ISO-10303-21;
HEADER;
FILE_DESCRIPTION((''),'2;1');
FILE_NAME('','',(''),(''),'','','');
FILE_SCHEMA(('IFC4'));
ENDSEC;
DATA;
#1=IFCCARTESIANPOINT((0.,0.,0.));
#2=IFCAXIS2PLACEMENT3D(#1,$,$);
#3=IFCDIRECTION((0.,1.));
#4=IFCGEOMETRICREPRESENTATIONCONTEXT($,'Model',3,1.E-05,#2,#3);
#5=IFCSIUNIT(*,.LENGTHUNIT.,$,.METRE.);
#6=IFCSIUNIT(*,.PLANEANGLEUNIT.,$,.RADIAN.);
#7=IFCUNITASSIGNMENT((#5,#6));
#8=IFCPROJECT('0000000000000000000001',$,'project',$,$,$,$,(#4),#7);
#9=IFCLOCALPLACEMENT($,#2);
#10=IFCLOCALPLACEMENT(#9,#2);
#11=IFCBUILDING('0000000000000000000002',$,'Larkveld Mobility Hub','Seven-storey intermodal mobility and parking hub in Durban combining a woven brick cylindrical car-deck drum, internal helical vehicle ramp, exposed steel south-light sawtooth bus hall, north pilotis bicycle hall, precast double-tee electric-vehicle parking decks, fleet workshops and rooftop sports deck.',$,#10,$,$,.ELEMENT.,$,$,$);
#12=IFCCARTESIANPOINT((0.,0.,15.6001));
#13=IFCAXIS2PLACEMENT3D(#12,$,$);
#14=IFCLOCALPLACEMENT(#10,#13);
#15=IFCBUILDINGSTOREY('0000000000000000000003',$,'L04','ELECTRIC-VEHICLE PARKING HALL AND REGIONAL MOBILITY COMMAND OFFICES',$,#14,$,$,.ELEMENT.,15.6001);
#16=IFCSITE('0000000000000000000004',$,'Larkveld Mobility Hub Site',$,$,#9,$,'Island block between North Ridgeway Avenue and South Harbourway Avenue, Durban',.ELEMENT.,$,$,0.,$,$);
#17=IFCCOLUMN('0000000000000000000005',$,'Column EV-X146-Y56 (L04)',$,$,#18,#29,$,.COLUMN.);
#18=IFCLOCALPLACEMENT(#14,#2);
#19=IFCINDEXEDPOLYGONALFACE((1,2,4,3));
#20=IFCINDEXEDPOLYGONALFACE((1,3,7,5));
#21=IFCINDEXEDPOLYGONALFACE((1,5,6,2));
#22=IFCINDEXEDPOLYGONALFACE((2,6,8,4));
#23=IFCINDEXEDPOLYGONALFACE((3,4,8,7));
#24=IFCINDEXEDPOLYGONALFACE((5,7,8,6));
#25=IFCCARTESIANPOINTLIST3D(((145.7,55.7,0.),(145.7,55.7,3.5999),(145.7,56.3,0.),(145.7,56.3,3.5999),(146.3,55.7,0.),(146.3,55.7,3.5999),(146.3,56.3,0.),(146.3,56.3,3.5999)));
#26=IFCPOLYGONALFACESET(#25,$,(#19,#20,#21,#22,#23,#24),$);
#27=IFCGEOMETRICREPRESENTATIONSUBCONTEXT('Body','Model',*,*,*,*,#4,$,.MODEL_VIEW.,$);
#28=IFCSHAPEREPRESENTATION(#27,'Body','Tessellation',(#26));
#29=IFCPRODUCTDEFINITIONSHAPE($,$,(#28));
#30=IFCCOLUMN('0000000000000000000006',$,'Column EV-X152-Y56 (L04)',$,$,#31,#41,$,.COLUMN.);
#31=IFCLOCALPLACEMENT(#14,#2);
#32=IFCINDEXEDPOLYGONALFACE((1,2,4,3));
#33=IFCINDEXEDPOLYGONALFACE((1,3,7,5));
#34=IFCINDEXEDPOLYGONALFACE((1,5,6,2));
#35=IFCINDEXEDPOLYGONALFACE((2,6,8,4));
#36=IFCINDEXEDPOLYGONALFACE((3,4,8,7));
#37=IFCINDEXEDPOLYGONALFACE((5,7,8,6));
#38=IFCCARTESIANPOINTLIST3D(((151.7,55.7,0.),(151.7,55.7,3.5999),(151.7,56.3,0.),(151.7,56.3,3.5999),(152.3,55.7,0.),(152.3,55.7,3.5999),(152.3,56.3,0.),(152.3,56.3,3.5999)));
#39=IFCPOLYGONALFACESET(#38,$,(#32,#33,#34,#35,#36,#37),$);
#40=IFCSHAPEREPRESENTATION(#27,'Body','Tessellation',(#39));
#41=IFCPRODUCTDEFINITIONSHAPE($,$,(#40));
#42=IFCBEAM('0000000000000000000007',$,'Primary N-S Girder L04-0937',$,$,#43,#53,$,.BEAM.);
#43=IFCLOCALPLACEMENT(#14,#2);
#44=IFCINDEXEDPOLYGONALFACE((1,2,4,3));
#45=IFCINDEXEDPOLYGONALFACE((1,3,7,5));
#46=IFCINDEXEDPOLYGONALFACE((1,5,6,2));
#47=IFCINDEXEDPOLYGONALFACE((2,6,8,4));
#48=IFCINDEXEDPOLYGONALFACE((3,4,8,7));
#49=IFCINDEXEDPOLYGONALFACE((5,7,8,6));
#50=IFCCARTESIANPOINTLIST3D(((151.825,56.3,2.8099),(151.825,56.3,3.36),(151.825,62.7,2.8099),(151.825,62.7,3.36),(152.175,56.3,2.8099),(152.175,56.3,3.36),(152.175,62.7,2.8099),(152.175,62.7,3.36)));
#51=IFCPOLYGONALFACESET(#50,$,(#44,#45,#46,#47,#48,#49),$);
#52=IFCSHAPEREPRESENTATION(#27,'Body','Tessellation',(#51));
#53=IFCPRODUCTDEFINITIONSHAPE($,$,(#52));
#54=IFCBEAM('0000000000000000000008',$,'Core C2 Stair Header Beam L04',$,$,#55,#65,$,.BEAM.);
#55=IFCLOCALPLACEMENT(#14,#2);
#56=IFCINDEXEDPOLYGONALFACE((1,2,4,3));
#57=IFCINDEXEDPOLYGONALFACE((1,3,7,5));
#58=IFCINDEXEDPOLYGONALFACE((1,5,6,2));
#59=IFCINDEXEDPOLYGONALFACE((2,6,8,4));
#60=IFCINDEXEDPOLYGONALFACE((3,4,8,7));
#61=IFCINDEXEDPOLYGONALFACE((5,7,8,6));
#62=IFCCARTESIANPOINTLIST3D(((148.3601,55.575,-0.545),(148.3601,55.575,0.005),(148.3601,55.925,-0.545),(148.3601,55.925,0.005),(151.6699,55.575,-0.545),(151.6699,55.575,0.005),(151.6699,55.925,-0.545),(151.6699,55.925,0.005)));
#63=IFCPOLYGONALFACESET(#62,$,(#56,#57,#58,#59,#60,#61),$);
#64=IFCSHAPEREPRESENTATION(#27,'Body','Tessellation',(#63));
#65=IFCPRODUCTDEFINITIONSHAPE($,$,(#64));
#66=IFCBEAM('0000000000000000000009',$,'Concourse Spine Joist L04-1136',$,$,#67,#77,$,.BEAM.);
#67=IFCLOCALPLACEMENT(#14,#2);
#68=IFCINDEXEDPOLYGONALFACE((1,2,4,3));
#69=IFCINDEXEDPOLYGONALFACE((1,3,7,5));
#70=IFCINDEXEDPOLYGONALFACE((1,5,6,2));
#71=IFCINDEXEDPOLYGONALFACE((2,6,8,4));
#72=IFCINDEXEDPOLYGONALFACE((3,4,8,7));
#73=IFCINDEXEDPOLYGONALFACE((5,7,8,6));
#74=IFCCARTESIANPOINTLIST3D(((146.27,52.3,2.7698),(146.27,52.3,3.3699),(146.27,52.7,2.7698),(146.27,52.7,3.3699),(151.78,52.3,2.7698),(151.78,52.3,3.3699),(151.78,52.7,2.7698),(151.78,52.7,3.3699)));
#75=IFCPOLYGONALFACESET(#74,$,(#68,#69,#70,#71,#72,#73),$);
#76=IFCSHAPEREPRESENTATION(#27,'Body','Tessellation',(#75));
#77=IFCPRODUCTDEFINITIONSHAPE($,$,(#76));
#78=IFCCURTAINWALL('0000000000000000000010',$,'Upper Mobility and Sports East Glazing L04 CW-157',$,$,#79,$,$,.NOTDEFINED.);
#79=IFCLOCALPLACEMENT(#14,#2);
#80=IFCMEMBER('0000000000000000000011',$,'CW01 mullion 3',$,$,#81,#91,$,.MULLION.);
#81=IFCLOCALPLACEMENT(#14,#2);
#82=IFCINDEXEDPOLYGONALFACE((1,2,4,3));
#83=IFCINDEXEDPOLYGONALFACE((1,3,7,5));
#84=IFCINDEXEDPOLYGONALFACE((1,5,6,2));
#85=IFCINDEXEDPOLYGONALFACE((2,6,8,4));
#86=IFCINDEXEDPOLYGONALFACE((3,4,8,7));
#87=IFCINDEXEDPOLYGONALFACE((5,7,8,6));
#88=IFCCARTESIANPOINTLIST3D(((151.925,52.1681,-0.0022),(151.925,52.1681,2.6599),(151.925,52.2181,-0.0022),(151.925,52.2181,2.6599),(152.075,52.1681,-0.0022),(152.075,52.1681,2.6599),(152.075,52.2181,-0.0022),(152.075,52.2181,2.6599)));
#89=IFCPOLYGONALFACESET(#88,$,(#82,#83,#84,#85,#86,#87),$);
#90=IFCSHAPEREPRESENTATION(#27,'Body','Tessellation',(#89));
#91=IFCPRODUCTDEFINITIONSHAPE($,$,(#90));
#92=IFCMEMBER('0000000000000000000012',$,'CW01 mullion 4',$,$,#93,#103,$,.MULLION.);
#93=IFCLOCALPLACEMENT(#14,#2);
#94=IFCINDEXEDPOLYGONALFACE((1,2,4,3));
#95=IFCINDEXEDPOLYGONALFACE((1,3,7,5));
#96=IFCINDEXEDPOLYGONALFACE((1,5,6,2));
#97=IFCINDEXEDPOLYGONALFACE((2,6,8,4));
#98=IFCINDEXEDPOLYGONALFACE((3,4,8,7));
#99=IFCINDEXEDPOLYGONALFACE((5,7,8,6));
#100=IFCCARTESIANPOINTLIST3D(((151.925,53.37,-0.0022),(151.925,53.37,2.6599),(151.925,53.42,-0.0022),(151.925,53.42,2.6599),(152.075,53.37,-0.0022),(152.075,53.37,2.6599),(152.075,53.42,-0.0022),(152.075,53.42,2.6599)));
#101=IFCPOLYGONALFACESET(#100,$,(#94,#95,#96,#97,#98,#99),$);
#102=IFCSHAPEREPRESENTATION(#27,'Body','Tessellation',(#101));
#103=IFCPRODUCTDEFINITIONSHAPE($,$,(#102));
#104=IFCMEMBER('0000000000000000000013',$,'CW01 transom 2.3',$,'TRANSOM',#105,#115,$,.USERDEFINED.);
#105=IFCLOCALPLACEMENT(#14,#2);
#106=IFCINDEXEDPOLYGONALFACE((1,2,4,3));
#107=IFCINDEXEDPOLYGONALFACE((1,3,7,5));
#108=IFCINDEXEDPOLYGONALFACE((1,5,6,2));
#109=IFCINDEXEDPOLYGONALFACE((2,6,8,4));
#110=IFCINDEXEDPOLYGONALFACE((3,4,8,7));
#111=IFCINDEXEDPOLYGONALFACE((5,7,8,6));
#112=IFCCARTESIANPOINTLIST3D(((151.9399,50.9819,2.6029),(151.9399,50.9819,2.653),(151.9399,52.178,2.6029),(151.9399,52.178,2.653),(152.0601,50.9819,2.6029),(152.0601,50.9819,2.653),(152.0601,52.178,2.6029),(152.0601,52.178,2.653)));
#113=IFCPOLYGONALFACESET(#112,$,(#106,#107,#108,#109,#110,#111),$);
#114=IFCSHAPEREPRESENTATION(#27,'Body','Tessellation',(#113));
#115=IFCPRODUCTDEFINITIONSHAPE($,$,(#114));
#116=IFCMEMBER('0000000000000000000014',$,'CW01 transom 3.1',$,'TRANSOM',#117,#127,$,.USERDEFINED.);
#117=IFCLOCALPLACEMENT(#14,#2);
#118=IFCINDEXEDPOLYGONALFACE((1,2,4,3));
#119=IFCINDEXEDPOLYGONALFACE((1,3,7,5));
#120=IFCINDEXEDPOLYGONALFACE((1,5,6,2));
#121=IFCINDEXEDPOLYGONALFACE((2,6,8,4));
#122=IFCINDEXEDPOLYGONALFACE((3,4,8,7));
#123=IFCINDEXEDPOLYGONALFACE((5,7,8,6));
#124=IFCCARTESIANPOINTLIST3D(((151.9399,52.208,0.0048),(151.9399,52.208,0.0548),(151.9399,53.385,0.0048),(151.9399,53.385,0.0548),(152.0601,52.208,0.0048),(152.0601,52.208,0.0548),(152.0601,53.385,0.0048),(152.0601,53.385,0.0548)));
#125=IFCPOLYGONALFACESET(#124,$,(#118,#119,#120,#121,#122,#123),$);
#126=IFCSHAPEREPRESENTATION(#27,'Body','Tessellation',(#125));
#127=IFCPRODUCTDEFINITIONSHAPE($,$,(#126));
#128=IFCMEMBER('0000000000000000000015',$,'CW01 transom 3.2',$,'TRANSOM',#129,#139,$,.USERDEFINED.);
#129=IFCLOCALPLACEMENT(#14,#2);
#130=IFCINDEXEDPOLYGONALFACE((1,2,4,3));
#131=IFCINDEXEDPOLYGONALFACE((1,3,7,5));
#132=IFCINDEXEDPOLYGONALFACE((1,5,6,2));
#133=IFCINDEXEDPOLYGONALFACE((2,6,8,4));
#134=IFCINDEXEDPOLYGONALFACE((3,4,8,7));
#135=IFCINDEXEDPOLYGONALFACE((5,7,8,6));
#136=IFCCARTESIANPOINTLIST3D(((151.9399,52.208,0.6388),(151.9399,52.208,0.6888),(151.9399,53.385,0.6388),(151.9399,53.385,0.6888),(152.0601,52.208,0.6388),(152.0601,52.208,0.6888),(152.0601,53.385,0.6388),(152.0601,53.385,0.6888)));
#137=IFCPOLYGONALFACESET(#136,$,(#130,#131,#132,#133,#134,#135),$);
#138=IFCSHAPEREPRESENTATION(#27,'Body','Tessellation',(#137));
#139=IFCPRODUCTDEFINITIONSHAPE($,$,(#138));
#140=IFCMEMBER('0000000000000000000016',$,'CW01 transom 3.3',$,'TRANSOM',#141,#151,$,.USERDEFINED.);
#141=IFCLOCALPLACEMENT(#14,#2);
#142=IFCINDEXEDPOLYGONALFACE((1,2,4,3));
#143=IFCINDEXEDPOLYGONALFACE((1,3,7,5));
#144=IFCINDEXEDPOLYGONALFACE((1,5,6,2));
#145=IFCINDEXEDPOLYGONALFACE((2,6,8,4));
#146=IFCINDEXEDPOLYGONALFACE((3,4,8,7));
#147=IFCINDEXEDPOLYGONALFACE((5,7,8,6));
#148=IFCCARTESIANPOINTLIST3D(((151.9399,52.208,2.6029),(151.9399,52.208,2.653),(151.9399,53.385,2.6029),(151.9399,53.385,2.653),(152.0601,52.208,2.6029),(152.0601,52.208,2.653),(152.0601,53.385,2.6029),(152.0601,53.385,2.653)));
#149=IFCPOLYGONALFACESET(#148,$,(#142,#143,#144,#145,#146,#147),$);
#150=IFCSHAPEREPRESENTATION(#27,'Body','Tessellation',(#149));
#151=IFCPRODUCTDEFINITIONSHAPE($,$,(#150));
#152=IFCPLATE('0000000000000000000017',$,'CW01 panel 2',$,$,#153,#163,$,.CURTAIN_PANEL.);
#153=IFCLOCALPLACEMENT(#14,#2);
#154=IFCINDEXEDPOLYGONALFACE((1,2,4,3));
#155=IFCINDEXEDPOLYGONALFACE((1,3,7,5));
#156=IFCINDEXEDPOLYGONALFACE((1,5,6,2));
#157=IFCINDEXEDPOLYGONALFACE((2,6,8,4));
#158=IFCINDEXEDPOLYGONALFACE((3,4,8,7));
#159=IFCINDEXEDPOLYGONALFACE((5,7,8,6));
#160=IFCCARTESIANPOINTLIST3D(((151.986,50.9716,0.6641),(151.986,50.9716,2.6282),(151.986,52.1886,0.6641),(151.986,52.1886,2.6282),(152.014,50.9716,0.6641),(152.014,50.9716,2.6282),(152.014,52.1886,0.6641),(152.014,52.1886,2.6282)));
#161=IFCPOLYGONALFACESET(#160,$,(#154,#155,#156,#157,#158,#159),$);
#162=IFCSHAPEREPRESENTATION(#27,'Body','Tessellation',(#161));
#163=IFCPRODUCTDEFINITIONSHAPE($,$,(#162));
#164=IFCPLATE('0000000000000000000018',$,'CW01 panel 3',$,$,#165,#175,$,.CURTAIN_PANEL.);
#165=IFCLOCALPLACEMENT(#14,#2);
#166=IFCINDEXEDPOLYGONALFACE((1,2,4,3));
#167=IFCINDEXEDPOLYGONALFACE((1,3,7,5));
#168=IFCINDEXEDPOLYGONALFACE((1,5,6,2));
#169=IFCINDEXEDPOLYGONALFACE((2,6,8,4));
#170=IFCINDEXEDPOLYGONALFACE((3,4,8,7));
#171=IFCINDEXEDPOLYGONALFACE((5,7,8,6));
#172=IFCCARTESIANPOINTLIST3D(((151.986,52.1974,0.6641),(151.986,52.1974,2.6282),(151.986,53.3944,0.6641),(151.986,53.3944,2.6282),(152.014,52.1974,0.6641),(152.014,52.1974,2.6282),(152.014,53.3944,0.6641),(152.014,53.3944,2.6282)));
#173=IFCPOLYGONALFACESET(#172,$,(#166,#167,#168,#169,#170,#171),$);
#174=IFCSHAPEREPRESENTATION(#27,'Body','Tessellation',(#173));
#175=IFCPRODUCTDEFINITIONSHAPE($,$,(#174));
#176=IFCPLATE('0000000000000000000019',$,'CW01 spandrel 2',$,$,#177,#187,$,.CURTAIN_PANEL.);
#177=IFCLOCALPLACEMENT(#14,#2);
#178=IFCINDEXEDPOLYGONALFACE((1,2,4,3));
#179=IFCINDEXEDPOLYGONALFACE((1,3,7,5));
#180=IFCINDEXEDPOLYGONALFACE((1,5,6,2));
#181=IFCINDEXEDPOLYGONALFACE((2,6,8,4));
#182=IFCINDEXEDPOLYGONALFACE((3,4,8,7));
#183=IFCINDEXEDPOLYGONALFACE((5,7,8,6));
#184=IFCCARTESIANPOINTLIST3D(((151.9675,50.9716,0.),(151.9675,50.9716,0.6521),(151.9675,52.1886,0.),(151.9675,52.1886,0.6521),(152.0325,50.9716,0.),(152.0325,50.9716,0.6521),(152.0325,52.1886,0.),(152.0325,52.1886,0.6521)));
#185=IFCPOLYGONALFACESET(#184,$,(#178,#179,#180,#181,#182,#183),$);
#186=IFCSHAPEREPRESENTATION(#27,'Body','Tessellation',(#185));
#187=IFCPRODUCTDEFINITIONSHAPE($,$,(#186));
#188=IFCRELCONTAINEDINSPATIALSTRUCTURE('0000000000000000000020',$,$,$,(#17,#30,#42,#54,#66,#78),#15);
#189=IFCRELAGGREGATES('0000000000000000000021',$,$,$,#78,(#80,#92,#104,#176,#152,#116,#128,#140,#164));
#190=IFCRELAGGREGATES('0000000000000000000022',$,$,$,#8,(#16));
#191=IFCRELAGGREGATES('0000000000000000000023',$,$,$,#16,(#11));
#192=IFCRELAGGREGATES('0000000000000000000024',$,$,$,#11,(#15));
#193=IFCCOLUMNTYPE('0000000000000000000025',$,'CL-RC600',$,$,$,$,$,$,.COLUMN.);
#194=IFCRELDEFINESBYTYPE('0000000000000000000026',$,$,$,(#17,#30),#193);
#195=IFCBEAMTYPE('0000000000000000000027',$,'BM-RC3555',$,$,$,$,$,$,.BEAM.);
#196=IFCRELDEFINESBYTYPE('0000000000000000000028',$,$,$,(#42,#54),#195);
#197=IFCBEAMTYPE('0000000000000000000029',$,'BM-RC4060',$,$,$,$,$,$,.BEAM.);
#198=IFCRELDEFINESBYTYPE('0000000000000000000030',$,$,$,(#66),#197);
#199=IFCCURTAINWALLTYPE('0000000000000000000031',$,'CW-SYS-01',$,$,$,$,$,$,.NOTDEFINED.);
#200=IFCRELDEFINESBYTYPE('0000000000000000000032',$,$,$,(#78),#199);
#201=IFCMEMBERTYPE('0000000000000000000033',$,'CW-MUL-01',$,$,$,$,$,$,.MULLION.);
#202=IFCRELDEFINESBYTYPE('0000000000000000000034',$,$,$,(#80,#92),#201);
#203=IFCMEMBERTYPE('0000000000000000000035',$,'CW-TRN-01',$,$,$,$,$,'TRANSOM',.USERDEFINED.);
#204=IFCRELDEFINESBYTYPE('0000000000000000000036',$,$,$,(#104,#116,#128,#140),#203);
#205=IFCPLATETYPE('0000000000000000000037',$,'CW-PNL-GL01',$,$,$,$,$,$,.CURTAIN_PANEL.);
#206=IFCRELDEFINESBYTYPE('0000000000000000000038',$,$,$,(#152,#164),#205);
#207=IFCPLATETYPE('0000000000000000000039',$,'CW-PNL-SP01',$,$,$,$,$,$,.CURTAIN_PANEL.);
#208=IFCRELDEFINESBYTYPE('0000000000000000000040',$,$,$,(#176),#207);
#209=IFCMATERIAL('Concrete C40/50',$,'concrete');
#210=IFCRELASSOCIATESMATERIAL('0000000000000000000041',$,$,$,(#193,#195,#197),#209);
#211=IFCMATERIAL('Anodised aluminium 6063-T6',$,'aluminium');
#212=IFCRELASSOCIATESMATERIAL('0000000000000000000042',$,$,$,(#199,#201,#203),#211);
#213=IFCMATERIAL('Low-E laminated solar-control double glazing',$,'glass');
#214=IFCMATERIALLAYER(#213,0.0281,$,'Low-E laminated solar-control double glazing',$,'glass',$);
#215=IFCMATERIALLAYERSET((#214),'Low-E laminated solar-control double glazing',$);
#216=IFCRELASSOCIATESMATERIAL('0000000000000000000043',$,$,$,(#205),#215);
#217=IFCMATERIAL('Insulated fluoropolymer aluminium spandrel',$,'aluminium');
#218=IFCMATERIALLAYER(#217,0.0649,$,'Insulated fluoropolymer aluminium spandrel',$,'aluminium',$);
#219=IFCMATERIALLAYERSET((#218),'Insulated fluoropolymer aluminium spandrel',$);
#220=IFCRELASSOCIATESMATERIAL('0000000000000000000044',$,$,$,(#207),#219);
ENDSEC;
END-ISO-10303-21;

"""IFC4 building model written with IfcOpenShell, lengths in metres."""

from ifc_helpers import new_model, si_unit, direction, frame, origin, origin_2d, place, context, subcontext, project, spatial, rectangle, extrude, material, layer, layer_set, material_profile, profile_set, type_object, element, aggregate, save


model = new_model("IFC4")

# Units and contexts
model_context = context("Model", 3, precision=1e-05, world=origin(), true_north=direction((0.0, 1.0)))
body_context = subcontext(model_context, "Body", "Model", "MODEL_VIEW")
ifc_project = project(units=[si_unit("LENGTHUNIT", "METRE"), si_unit("PLANEANGLEUNIT", "RADIAN")], contexts=[model_context])

# Site, building, storey
site_placement = place(None, origin())
site = spatial("IfcSite", under=ifc_project, at=site_placement, Name="Larkveld Mobility Hub Site", LongName="Island block between North Ridgeway Avenue and South Harbourway Avenue, Durban", CompositionType="ELEMENT", RefElevation=0.0)
building_placement = place(site_placement, origin())
building = spatial("IfcBuilding", under=site, at=building_placement, Name="Larkveld Mobility Hub", Description="Seven-storey intermodal mobility and parking hub in Durban combining a woven brick cylindrical car-deck drum, internal helical vehicle ramp, exposed steel south-light sawtooth bus hall, north pilotis bicycle hall, precast double-tee electric-vehicle parking decks, fleet workshops and rooftop sports deck.", CompositionType="ELEMENT")
storey_placement = place(building_placement, frame((0.0, 0.0, 15.6001)))
storey = spatial("IfcBuildingStorey", under=building, at=storey_placement, Name="L04", Description="ELECTRIC-VEHICLE PARKING HALL AND REGIONAL MOBILITY COMMAND OFFICES", CompositionType="ELEMENT", Elevation=15.6001)

# Columns
ifc_material_1 = material(Name="Concrete C40/50", Category="concrete")
ifc_material_profile_1 = material_profile(ifc_material_1, rectangle(XDim=0.6001, YDim=0.6001, at=origin_2d()), Name="RC COL 600x600")
ifc_profile_set_1 = profile_set([ifc_material_profile_1], Name="Concrete C40/50")
column_type = type_object("IfcColumnType", Name="CL-RC600", PredefinedType="COLUMN", material=ifc_profile_set_1)
for number, where, z_axis, x_axis, name in (
    (1, (146.0, 56.0, 0.0), (0.0, 0.0, 1.0), (1.0, 0.0, 0.0), "Column EV-X146-Y56 (L04)"),
    (2, (152.0, 56.0, 0.0), (0.0, 0.0, 1.0), (1.0, 0.0, 0.0), "Column EV-X152-Y56 (L04)"),
):
    element("IfcColumn", number, at=place(storey_placement, frame(where, z_axis=z_axis, x_axis=x_axis)), inside=storey, type_object=column_type, Name=name, PredefinedType="COLUMN", context=body_context, shape_type="SweptSolid", body=[
        extrude(rectangle(XDim=0.6001, YDim=0.6001, at=origin_2d()), origin(), (0.0, 0.0, 1.0), 3.5999),
    ])

# Beams
ifc_material_profile_2 = material_profile(ifc_material_1, rectangle(XDim=0.3501, YDim=0.55, at=origin_2d()), Name="RC BM 350x550")
ifc_profile_set_2 = profile_set([ifc_material_profile_2], Name="Concrete C40/50")
beam_type_1 = type_object("IfcBeamType", Name="BM-RC3555", PredefinedType="BEAM", material=ifc_profile_set_2)
beam_1_placement = place(storey_placement, frame((152.0, 56.3, 3.085), z_axis=(0.0, 1.0, 0.0), x_axis=(-1.0, 0.0, 0.0)))
element("IfcBeam", 3, at=beam_1_placement, inside=storey, type_object=beam_type_1, Name="Primary N-S Girder L04-0937", PredefinedType="BEAM", context=body_context, shape_type="SweptSolid", body=[
    extrude(rectangle(XDim=0.3501, YDim=0.55, at=origin_2d()), origin(), (0.0, 0.0, 1.0), 6.3999),
])
beam_2_placement = place(storey_placement, frame((148.3601, 55.75, -0.27), z_axis=(1.0, 0.0, 0.0), x_axis=(0.0, 1.0, 0.0)))
element("IfcBeam", 4, at=beam_2_placement, inside=storey, type_object=beam_type_1, Name="Core C2 Stair Header Beam L04", PredefinedType="BEAM", context=body_context, shape_type="SweptSolid", body=[
    extrude(rectangle(XDim=0.3501, YDim=0.55, at=origin_2d()), origin(), (0.0, 0.0, 1.0), 3.3098),
])
ifc_material_profile_3 = material_profile(ifc_material_1, rectangle(XDim=0.3999, YDim=0.6001, at=origin_2d()), Name="RC BM 400x600")
ifc_profile_set_3 = profile_set([ifc_material_profile_3], Name="Concrete C40/50")
beam_type_2 = type_object("IfcBeamType", Name="BM-RC4060", PredefinedType="BEAM", material=ifc_profile_set_3)
beam_3_placement = place(storey_placement, frame((146.27, 52.5, 3.0698), z_axis=(1.0, 0.0, 0.0), x_axis=(0.0, 1.0, 0.0)))
element("IfcBeam", 5, at=beam_3_placement, inside=storey, type_object=beam_type_2, Name="Concourse Spine Joist L04-1136", PredefinedType="BEAM", context=body_context, shape_type="SweptSolid", body=[
    extrude(rectangle(XDim=0.3999, YDim=0.6001, at=origin_2d()), origin(), (0.0, 0.0, 1.0), 5.51),
])

# Curtain wall, members, plates
ifc_material_2 = material(Name="Anodised aluminium 6063-T6", Category="aluminium")
curtain_wall_type = type_object("IfcCurtainWallType", Name="CW-SYS-01", PredefinedType="NOTDEFINED", material=ifc_material_2)
curtain_wall_placement = place(storey_placement, origin())
curtain_wall = element("IfcCurtainWall", 6, at=curtain_wall_placement, inside=storey, type_object=curtain_wall_type, Name="Upper Mobility and Sports East Glazing L04 CW-157", PredefinedType="NOTDEFINED")
ifc_material_profile_4 = material_profile(ifc_material_2, rectangle(XDim=0.05, YDim=0.1499, at=origin_2d()), Name="ALU MULL 50x150")
ifc_profile_set_4 = profile_set([ifc_material_profile_4], Name="Anodised aluminium 6063-T6")
member_type_1 = type_object("IfcMemberType", Name="CW-MUL-01", PredefinedType="MULLION", material=ifc_profile_set_4)
member_1_placement = place(storey_placement, frame((152.0, 52.1931, -0.0022), z_axis=(0.0, 0.0, 1.0), x_axis=(0.0, 1.0, 0.0)))
member_1 = element("IfcMember", 7, at=member_1_placement, type_object=member_type_1, Name="CW01 mullion 3", PredefinedType="MULLION", context=body_context, shape_type="SweptSolid", body=[
    extrude(rectangle(XDim=0.05, YDim=0.1499, at=origin_2d()), origin(), (0.0, 0.0, 1.0), 2.6621),
])
member_2_placement = place(storey_placement, frame((152.0, 53.395, -0.0022), z_axis=(0.0, 0.0, 1.0), x_axis=(0.0, 1.0, 0.0)))
member_2 = element("IfcMember", 8, at=member_2_placement, type_object=member_type_1, Name="CW01 mullion 4", PredefinedType="MULLION", context=body_context, shape_type="SweptSolid", body=[
    extrude(rectangle(XDim=0.05, YDim=0.1499, at=origin_2d()), origin(), (0.0, 0.0, 1.0), 2.6621),
])
ifc_material_profile_5 = material_profile(ifc_material_2, rectangle(XDim=0.1201, YDim=0.05, at=origin_2d()), Name="ALU TRAN 50x120")
ifc_profile_set_5 = profile_set([ifc_material_profile_5], Name="Anodised aluminium 6063-T6")
member_type_2 = type_object("IfcMemberType", Name="CW-TRN-01", ElementType="TRANSOM", PredefinedType="USERDEFINED", material=ifc_profile_set_5)
member_3_placement = place(storey_placement, frame((152.0, 50.9819, 2.6279), z_axis=(0.0, 1.0, 0.0), x_axis=(-1.0, 0.0, 0.0)))
member_3 = element("IfcMember", 9, at=member_3_placement, type_object=member_type_2, Name="CW01 transom 2.3", ObjectType="TRANSOM", PredefinedType="USERDEFINED", context=body_context, shape_type="SweptSolid", body=[
    extrude(rectangle(XDim=0.1201, YDim=0.05, at=origin_2d()), origin(), (0.0, 0.0, 1.0), 1.196),
])
member_4_placement = place(storey_placement, frame((152.0, 52.208, 0.0298), z_axis=(0.0, 1.0, 0.0), x_axis=(-1.0, 0.0, 0.0)))
member_4 = element("IfcMember", 10, at=member_4_placement, type_object=member_type_2, Name="CW01 transom 3.1", ObjectType="TRANSOM", PredefinedType="USERDEFINED", context=body_context, shape_type="SweptSolid", body=[
    extrude(rectangle(XDim=0.1201, YDim=0.05, at=origin_2d()), origin(), (0.0, 0.0, 1.0), 1.177),
])
member_5_placement = place(storey_placement, frame((152.0, 52.208, 0.6638), z_axis=(0.0, 1.0, 0.0), x_axis=(-1.0, 0.0, 0.0)))
member_5 = element("IfcMember", 11, at=member_5_placement, type_object=member_type_2, Name="CW01 transom 3.2", ObjectType="TRANSOM", PredefinedType="USERDEFINED", context=body_context, shape_type="SweptSolid", body=[
    extrude(rectangle(XDim=0.1201, YDim=0.05, at=origin_2d()), origin(), (0.0, 0.0, 1.0), 1.177),
])
member_6_placement = place(storey_placement, frame((152.0, 52.208, 2.6279), z_axis=(0.0, 1.0, 0.0), x_axis=(-1.0, 0.0, 0.0)))
member_6 = element("IfcMember", 12, at=member_6_placement, type_object=member_type_2, Name="CW01 transom 3.3", ObjectType="TRANSOM", PredefinedType="USERDEFINED", context=body_context, shape_type="SweptSolid", body=[
    extrude(rectangle(XDim=0.1201, YDim=0.05, at=origin_2d()), origin(), (0.0, 0.0, 1.0), 1.177),
])
ifc_material_3 = material(Name="Low-E laminated solar-control double glazing", Category="glass")
ifc_layer_1 = layer(ifc_material_3, 0.0281, Name="Low-E laminated solar-control double glazing", Category="glass")
ifc_layer_set_1 = layer_set([ifc_layer_1], Name="Low-E laminated solar-control double glazing")
plate_type_1 = type_object("IfcPlateType", Name="CW-PNL-GL01", PredefinedType="CURTAIN_PANEL", material=ifc_layer_set_1)
plate_1_placement = place(storey_placement, frame((152.0, 51.5801, 0.6641), z_axis=(0.0, 0.0, 1.0), x_axis=(0.0, 1.0, 0.0)))
plate_1 = element("IfcPlate", 13, at=plate_1_placement, type_object=plate_type_1, Name="CW01 panel 2", PredefinedType="CURTAIN_PANEL", context=body_context, shape_type="SweptSolid", body=[
    extrude(rectangle(XDim=1.217, YDim=0.0281, at=origin_2d()), origin(), (0.0, 0.0, 1.0), 1.9641),
])
plate_2_placement = place(storey_placement, frame((152.0, 52.7959, 0.6641), z_axis=(0.0, 0.0, 1.0), x_axis=(0.0, 1.0, 0.0)))
plate_2 = element("IfcPlate", 14, at=plate_2_placement, type_object=plate_type_1, Name="CW01 panel 3", PredefinedType="CURTAIN_PANEL", context=body_context, shape_type="SweptSolid", body=[
    extrude(rectangle(XDim=1.197, YDim=0.0281, at=origin_2d()), origin(), (0.0, 0.0, 1.0), 1.9641),
])
ifc_material_4 = material(Name="Insulated fluoropolymer aluminium spandrel", Category="aluminium")
ifc_layer_2 = layer(ifc_material_4, 0.0649, Name="Insulated fluoropolymer aluminium spandrel", Category="aluminium")
ifc_layer_set_2 = layer_set([ifc_layer_2], Name="Insulated fluoropolymer aluminium spandrel")
plate_type_2 = type_object("IfcPlateType", Name="CW-PNL-SP01", PredefinedType="CURTAIN_PANEL", material=ifc_layer_set_2)
plate_3_placement = place(storey_placement, frame((152.0, 51.5801, 0.0), z_axis=(0.0, 0.0, 1.0), x_axis=(0.0, 1.0, 0.0)))
plate_3 = element("IfcPlate", 15, at=plate_3_placement, type_object=plate_type_2, Name="CW01 spandrel 2", PredefinedType="CURTAIN_PANEL", context=body_context, shape_type="SweptSolid", body=[
    extrude(rectangle(XDim=1.217, YDim=0.0649, at=origin_2d()), origin(), (0.0, 0.0, 1.0), 0.6521),
])
aggregate(curtain_wall, [member_1, member_2, member_3, plate_3, plate_1, member_4, member_5, member_6, plate_2])

save(model, "model.ifc")
